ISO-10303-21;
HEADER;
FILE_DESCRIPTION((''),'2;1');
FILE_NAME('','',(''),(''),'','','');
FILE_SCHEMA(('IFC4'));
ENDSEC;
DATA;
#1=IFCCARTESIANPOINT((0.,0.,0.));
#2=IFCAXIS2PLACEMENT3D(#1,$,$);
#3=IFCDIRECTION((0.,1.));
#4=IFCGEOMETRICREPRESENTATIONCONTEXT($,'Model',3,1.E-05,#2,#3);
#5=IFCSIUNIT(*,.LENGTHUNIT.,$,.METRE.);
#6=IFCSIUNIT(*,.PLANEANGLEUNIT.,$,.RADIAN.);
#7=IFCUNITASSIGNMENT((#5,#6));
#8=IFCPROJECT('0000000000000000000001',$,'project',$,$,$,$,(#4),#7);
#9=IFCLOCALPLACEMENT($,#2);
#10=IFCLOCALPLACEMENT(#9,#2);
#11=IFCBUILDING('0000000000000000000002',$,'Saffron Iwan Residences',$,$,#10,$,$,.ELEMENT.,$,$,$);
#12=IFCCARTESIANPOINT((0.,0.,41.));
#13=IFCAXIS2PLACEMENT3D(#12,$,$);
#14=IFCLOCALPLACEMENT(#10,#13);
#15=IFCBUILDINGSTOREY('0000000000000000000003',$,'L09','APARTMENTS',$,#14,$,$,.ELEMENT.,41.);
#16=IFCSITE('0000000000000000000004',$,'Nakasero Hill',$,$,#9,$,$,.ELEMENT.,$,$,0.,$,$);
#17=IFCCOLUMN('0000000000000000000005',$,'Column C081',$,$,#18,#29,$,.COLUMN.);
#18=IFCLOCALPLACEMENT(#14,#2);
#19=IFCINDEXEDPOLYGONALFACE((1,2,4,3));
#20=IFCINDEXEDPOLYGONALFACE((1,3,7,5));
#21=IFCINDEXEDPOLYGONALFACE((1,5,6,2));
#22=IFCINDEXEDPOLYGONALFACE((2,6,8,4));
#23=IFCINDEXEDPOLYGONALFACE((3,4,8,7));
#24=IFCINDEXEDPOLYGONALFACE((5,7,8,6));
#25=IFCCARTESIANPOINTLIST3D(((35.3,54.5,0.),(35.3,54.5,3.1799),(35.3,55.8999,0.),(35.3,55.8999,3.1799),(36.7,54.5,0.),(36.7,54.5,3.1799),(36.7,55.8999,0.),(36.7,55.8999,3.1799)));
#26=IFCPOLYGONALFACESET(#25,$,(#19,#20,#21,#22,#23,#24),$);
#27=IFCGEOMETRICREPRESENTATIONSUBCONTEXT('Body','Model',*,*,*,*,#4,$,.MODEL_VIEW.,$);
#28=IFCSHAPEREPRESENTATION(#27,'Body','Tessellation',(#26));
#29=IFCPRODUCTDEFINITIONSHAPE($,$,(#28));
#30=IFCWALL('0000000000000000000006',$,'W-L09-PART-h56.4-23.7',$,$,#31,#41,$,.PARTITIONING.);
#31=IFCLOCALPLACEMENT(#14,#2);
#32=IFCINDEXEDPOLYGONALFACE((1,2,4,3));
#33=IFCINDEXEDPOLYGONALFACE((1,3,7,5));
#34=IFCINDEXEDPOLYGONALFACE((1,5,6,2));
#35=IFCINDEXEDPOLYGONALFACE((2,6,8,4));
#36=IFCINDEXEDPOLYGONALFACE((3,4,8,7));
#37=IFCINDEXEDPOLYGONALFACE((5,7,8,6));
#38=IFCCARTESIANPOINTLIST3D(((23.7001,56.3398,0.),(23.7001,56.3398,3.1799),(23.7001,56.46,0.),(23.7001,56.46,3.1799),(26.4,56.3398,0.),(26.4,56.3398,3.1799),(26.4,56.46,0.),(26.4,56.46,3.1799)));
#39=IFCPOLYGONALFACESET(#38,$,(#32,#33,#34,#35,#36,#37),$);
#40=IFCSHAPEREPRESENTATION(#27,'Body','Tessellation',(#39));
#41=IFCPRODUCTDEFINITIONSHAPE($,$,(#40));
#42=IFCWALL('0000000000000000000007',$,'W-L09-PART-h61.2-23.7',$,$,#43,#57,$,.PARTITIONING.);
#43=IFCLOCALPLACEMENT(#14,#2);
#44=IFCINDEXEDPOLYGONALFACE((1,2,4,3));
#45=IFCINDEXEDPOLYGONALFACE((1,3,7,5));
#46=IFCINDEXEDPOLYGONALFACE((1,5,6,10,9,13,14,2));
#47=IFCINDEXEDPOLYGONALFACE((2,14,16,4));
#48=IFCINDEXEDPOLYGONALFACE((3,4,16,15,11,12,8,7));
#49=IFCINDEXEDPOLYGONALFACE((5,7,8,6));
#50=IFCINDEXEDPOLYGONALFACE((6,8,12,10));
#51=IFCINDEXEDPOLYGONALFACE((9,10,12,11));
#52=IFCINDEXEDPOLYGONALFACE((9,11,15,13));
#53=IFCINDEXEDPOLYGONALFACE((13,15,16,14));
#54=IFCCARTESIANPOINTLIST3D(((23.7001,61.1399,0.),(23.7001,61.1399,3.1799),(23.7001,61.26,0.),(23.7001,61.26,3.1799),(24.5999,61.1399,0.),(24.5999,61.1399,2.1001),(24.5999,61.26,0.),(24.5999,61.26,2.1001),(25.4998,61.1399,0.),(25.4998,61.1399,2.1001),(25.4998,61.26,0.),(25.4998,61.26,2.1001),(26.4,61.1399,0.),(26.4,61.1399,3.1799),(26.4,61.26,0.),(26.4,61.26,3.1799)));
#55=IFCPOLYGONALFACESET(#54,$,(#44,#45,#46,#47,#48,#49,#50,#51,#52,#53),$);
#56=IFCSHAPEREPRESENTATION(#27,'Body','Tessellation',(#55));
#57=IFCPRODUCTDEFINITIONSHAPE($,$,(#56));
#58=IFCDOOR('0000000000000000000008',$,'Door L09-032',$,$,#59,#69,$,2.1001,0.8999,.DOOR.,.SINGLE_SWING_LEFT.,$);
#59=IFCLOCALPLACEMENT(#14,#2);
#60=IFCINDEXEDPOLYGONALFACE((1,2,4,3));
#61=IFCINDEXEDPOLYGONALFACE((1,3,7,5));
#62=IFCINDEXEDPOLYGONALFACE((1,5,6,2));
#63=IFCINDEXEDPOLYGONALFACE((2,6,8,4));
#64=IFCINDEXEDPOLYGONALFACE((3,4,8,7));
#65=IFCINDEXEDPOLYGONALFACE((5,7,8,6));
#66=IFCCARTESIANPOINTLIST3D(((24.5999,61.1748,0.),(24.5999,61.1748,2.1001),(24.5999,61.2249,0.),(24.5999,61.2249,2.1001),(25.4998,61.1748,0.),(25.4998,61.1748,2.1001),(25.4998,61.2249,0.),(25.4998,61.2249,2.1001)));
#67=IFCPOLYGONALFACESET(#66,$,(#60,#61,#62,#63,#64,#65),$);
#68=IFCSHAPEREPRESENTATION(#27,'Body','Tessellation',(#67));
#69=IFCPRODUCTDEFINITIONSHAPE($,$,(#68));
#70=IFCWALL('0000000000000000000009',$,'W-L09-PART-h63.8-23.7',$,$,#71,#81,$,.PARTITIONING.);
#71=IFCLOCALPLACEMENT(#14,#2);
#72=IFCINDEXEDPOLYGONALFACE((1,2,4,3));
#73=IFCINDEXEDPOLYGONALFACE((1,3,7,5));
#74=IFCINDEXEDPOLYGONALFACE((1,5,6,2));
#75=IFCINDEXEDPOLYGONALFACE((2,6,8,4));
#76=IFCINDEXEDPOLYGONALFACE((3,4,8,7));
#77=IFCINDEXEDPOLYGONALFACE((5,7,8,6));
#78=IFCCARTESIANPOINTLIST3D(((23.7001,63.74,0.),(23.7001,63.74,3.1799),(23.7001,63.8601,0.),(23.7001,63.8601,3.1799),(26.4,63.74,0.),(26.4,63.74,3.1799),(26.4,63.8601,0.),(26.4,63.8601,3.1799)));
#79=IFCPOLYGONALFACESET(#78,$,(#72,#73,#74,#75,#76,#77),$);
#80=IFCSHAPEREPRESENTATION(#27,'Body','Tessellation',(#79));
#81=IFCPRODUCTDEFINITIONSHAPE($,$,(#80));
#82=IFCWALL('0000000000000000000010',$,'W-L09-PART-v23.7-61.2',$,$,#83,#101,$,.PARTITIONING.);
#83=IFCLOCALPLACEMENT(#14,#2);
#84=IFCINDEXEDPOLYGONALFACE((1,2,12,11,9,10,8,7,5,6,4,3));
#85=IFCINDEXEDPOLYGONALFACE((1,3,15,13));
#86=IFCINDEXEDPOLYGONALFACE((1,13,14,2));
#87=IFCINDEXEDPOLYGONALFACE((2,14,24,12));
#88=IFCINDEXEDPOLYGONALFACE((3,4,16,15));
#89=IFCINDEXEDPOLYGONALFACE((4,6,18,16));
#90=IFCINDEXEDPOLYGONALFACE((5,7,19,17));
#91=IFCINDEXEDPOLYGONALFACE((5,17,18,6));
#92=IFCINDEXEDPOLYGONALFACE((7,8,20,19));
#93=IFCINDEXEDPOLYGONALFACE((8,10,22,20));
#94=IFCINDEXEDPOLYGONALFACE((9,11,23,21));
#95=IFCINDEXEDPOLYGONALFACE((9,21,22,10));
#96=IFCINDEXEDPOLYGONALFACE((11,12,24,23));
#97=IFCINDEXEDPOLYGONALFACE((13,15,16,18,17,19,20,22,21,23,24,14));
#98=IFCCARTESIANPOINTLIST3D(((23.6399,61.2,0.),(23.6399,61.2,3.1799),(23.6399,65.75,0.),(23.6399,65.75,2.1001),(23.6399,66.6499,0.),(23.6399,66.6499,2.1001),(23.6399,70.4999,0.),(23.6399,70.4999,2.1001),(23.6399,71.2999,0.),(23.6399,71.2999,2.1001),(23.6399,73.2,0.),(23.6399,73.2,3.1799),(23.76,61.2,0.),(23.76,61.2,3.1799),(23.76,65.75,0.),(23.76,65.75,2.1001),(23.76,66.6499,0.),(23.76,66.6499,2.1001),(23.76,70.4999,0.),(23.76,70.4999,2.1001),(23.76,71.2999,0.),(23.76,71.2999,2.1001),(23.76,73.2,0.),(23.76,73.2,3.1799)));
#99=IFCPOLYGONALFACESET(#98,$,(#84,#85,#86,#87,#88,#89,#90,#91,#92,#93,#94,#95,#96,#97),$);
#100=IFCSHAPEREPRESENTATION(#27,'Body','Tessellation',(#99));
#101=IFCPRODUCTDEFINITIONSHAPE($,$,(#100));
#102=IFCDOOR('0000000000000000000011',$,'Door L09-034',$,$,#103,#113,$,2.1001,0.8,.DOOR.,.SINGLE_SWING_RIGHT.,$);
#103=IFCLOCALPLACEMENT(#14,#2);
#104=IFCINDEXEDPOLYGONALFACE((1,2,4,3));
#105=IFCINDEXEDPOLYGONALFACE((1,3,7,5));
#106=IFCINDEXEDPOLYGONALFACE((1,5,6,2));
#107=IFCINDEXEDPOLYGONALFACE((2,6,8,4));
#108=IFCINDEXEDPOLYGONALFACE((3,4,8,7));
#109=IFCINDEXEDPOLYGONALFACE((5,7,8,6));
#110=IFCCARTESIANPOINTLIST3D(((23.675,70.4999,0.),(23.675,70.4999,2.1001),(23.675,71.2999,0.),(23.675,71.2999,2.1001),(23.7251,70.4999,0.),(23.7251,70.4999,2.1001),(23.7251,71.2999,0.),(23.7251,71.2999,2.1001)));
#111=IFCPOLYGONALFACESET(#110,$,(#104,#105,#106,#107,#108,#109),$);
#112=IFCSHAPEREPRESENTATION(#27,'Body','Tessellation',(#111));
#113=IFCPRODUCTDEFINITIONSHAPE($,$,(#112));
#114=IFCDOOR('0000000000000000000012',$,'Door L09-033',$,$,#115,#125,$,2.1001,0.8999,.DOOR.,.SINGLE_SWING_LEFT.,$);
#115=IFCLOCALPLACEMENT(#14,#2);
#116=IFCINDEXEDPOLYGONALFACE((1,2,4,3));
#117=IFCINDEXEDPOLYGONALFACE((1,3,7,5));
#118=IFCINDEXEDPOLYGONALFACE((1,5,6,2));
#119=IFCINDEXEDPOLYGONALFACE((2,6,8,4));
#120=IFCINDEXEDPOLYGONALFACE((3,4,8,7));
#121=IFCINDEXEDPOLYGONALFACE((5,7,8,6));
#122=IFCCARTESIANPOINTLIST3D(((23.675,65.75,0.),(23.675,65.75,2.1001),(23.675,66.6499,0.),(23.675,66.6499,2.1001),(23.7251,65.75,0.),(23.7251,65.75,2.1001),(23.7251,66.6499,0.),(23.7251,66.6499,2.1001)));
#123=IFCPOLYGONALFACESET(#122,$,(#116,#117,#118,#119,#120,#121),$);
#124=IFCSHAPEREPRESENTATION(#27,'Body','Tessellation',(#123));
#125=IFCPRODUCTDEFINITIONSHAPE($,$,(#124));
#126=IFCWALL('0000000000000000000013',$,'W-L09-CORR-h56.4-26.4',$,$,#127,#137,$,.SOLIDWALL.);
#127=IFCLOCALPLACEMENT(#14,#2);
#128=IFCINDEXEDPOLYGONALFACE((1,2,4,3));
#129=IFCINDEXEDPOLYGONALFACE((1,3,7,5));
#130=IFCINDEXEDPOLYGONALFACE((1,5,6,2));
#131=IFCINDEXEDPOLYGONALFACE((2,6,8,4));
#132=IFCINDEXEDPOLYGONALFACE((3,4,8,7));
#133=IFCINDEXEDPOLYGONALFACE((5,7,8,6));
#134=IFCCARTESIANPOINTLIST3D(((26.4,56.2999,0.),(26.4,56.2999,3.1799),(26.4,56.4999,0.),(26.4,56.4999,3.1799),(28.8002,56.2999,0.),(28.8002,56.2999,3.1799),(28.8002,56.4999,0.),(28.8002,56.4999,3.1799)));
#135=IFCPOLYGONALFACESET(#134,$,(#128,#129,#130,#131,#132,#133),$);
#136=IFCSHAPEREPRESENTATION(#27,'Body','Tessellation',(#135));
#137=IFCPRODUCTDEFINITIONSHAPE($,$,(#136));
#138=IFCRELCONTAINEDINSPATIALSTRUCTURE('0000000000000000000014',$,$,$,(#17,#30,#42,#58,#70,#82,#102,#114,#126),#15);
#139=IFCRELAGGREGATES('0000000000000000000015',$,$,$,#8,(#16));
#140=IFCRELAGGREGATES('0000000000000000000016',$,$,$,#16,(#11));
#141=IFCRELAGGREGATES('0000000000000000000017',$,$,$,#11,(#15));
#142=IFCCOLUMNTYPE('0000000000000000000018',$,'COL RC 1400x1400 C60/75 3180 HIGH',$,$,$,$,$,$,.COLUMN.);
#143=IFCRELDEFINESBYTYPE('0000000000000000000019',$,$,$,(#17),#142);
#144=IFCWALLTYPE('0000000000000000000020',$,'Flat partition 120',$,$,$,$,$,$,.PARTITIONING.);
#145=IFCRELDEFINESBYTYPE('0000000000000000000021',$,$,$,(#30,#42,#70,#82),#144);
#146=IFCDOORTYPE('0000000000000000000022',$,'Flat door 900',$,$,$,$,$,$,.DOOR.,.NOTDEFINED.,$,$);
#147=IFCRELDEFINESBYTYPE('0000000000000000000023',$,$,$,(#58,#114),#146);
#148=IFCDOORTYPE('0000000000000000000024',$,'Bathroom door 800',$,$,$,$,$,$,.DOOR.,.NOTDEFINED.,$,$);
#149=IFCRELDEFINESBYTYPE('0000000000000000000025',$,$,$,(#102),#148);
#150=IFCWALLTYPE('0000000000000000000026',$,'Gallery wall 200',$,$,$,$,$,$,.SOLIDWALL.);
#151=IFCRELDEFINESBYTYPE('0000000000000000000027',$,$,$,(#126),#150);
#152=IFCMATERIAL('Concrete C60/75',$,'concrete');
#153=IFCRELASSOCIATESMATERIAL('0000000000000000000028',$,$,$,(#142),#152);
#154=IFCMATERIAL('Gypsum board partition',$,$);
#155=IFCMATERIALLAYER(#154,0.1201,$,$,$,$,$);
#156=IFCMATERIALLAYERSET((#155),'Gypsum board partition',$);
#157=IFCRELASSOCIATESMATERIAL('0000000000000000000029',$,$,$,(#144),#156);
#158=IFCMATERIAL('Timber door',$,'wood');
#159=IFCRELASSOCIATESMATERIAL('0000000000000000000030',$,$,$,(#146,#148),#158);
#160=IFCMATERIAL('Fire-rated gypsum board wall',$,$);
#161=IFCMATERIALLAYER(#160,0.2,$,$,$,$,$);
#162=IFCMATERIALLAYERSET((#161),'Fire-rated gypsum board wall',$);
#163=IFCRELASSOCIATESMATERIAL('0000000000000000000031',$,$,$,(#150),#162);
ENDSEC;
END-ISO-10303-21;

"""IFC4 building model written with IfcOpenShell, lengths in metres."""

from ifc_helpers import new_model, si_unit, direction, frame, frame_2d, origin, origin_2d, place, context, subcontext, project, spatial, rectangle, extrude, source, transform, mapped, material, layer, layer_set, material_profile, profile_set, type_object, element, fill, save


model = new_model("IFC4")

# Units and contexts
model_context = context("Model", 3, precision=1e-05, world=origin(), true_north=direction((0.0, 1.0)))
body_context = subcontext(model_context, "Body", "Model", "MODEL_VIEW")
ifc_project = project(units=[si_unit("LENGTHUNIT", "METRE"), si_unit("PLANEANGLEUNIT", "RADIAN")], contexts=[model_context])

# Site, building, storey
site_placement = place(None, origin())
site = spatial("IfcSite", under=ifc_project, at=site_placement, Name="Nakasero Hill", CompositionType="ELEMENT", RefElevation=0.0)
building_placement = place(site_placement, origin())
building = spatial("IfcBuilding", under=site, at=building_placement, Name="Saffron Iwan Residences", CompositionType="ELEMENT")
storey_placement = place(building_placement, frame((0.0, 0.0, 41.0)))
storey = spatial("IfcBuildingStorey", under=building, at=storey_placement, Name="L09", Description="APARTMENTS", CompositionType="ELEMENT", Elevation=41.0)

# Column
ifc_material_1 = material(Name="Concrete C60/75", Category="concrete")
ifc_material_profile = material_profile(ifc_material_1, rectangle(XDim=1.3999, YDim=1.3999, at=origin_2d()), Name="RC 1400x1400")
ifc_profile_set = profile_set([ifc_material_profile], Name="Concrete C60/75")
column_type = type_object("IfcColumnType", Name="COL RC 1400x1400 C60/75 3180 HIGH", PredefinedType="COLUMN", material=ifc_profile_set)
shared_shape = source(origin(), body_context, "Body", "SweptSolid", [
    extrude(rectangle(XDim=1.3999, YDim=1.3999, at=origin_2d()), origin(), (0.0, 0.0, 1.0), 3.1799),
])
column_placement = place(storey_placement, frame((36.0, 55.2, 0.0), z_axis=(0.0, 0.0, 1.0), x_axis=(1.0, 0.0, 0.0)))
element("IfcColumn", 1, at=column_placement, inside=storey, type_object=column_type, Name="Column C081", PredefinedType="COLUMN", context=body_context, shape_type="MappedRepresentation", body=[
    mapped(shared_shape, transform((0.0, 0.0, 0.0))),
])

# Wall
ifc_material_2 = material(Name="Gypsum board partition")
ifc_layer_1 = layer(ifc_material_2, 0.1201)
ifc_layer_set_1 = layer_set([ifc_layer_1], Name="Gypsum board partition")
wall_type_1 = type_object("IfcWallType", Name="Flat partition 120", PredefinedType="PARTITIONING", material=ifc_layer_set_1)
wall_1_placement = place(storey_placement, frame((23.7, 56.3999, 0.0), z_axis=(0.0, 0.0, 1.0), x_axis=(1.0, 0.0, 0.0)))
element("IfcWall", 2, at=wall_1_placement, inside=storey, type_object=wall_type_1, Name="W-L09-PART-h56.4-23.7", PredefinedType="PARTITIONING", context=body_context, shape_type="SweptSolid", body=[
    extrude(rectangle(XDim=2.7, YDim=0.1201, at=frame_2d((1.3501, 0.0))), origin(), (0.0, 0.0, 1.0), 3.1799),
])

# Wall, opening, door
wall_2_placement = place(storey_placement, frame((23.7, 61.2, 0.0), z_axis=(0.0, 0.0, 1.0), x_axis=(1.0, 0.0, 0.0)))
wall_2 = element("IfcWall", 3, at=wall_2_placement, inside=storey, type_object=wall_type_1, Name="W-L09-PART-h61.2-23.7", PredefinedType="PARTITIONING", context=body_context, shape_type="SweptSolid", body=[
    extrude(rectangle(XDim=2.7, YDim=0.1201, at=frame_2d((1.3501, 0.0))), origin(), (0.0, 0.0, 1.0), 3.1799),
])
opening_1_placement = place(wall_2_placement, frame((0.8999, 0.0, 0.0)))
opening_1 = element("IfcOpeningElement", 4, at=opening_1_placement, cuts=wall_2, PredefinedType="OPENING", context=body_context, shape_type="SweptSolid", body=[
    extrude(rectangle(XDim=0.8999, YDim=2.1001, at=frame_2d((0.45, 1.05))), frame((0.0, 0.0701, 0.0), z_axis=(0.0, -1.0, 0.0), x_axis=(1.0, 0.0, 0.0)), (0.0, 0.0, 1.0), 0.1401),
])
ifc_material_3 = material(Name="Timber door", Category="wood")
door_type_1 = type_object("IfcDoorType", Name="Flat door 900", OperationType="NOTDEFINED", PredefinedType="DOOR", material=ifc_material_3)
door_1_placement = place(opening_1_placement, origin())
door_1 = element("IfcDoor", 5, at=door_1_placement, inside=storey, type_object=door_type_1, Name="Door L09-032", OperationType="SINGLE_SWING_LEFT", OverallHeight=2.1001, OverallWidth=0.8999, PredefinedType="DOOR", context=body_context, shape_type="SweptSolid", body=[
    extrude(rectangle(XDim=0.8999, YDim=2.1001, at=frame_2d((0.45, 1.05))), frame((0.0, 0.0249, 0.0), z_axis=(0.0, -1.0, 0.0), x_axis=(1.0, 0.0, 0.0)), (0.0, 0.0, 1.0), 0.05),
])
fill(opening_1, door_1)

# Wall
wall_3_placement = place(storey_placement, frame((23.7, 63.8, 0.0), z_axis=(0.0, 0.0, 1.0), x_axis=(1.0, 0.0, 0.0)))
element("IfcWall", 6, at=wall_3_placement, inside=storey, type_object=wall_type_1, Name="W-L09-PART-h63.8-23.7", PredefinedType="PARTITIONING", context=body_context, shape_type="SweptSolid", body=[
    extrude(rectangle(XDim=2.7, YDim=0.1201, at=frame_2d((1.3501, 0.0))), origin(), (0.0, 0.0, 1.0), 3.1799),
])

# Wall, openings, doors
wall_4_placement = place(storey_placement, frame((23.7, 61.2, 0.0), z_axis=(0.0, 0.0, 1.0), x_axis=(0.0, 1.0, 0.0)))
wall_4 = element("IfcWall", 7, at=wall_4_placement, inside=storey, type_object=wall_type_1, Name="W-L09-PART-v23.7-61.2", PredefinedType="PARTITIONING", context=body_context, shape_type="SweptSolid", body=[
    extrude(rectangle(XDim=12.0, YDim=0.1201, at=frame_2d((6.0, 0.0))), origin(), (0.0, 0.0, 1.0), 3.1799),
])
opening_2_placement = place(wall_4_placement, frame((4.55, 0.0, 0.0)))
opening_2 = element("IfcOpeningElement", 8, at=opening_2_placement, cuts=wall_4, PredefinedType="OPENING", context=body_context, shape_type="SweptSolid", body=[
    extrude(rectangle(XDim=0.8999, YDim=2.1001, at=frame_2d((0.45, 1.05))), frame((0.0, 0.0701, 0.0), z_axis=(0.0, -1.0, 0.0), x_axis=(1.0, 0.0, 0.0)), (0.0, 0.0, 1.0), 0.1401),
])
opening_3_placement = place(wall_4_placement, frame((9.3, 0.0, 0.0)))
opening_3 = element("IfcOpeningElement", 9, at=opening_3_placement, cuts=wall_4, PredefinedType="OPENING", context=body_context, shape_type="SweptSolid", body=[
    extrude(rectangle(XDim=0.8, YDim=2.1001, at=frame_2d((0.3999, 1.05))), frame((0.0, 0.0701, 0.0), z_axis=(0.0, -1.0, 0.0), x_axis=(1.0, 0.0, 0.0)), (0.0, 0.0, 1.0), 0.1401),
])
door_type_2 = type_object("IfcDoorType", Name="Bathroom door 800", OperationType="NOTDEFINED", PredefinedType="DOOR", material=ifc_material_3)
door_2_placement = place(opening_3_placement, origin())
door_2 = element("IfcDoor", 10, at=door_2_placement, inside=storey, type_object=door_type_2, Name="Door L09-034", OperationType="SINGLE_SWING_RIGHT", OverallHeight=2.1001, OverallWidth=0.8, PredefinedType="DOOR", context=body_context, shape_type="SweptSolid", body=[
    extrude(rectangle(XDim=0.8, YDim=2.1001, at=frame_2d((0.3999, 1.05))), frame((0.0, 0.0249, 0.0), z_axis=(0.0, -1.0, 0.0), x_axis=(1.0, 0.0, 0.0)), (0.0, 0.0, 1.0), 0.05),
])
fill(opening_3, door_2)
door_3_placement = place(opening_2_placement, origin())
door_3 = element("IfcDoor", 11, at=door_3_placement, inside=storey, type_object=door_type_1, Name="Door L09-033", OperationType="SINGLE_SWING_LEFT", OverallHeight=2.1001, OverallWidth=0.8999, PredefinedType="DOOR", context=body_context, shape_type="SweptSolid", body=[
    extrude(rectangle(XDim=0.8999, YDim=2.1001, at=frame_2d((0.45, 1.05))), frame((0.0, 0.0249, 0.0), z_axis=(0.0, -1.0, 0.0), x_axis=(1.0, 0.0, 0.0)), (0.0, 0.0, 1.0), 0.05),
])
fill(opening_2, door_3)

# Wall
ifc_material_4 = material(Name="Fire-rated gypsum board wall")
ifc_layer_2 = layer(ifc_material_4, 0.2)
ifc_layer_set_2 = layer_set([ifc_layer_2], Name="Fire-rated gypsum board wall")
wall_type_2 = type_object("IfcWallType", Name="Gallery wall 200", PredefinedType="SOLIDWALL", material=ifc_layer_set_2)
wall_5_placement = place(storey_placement, frame((26.3999, 56.3999, 0.0), z_axis=(0.0, 0.0, 1.0), x_axis=(1.0, 0.0, 0.0)))
element("IfcWall", 12, at=wall_5_placement, inside=storey, type_object=wall_type_2, Name="W-L09-CORR-h56.4-26.4", PredefinedType="SOLIDWALL", context=body_context, shape_type="SweptSolid", body=[
    extrude(rectangle(XDim=2.4001, YDim=0.2, at=frame_2d((1.2002, 0.0))), origin(), (0.0, 0.0, 1.0), 3.1799),
])

save(model, "model.ifc")
